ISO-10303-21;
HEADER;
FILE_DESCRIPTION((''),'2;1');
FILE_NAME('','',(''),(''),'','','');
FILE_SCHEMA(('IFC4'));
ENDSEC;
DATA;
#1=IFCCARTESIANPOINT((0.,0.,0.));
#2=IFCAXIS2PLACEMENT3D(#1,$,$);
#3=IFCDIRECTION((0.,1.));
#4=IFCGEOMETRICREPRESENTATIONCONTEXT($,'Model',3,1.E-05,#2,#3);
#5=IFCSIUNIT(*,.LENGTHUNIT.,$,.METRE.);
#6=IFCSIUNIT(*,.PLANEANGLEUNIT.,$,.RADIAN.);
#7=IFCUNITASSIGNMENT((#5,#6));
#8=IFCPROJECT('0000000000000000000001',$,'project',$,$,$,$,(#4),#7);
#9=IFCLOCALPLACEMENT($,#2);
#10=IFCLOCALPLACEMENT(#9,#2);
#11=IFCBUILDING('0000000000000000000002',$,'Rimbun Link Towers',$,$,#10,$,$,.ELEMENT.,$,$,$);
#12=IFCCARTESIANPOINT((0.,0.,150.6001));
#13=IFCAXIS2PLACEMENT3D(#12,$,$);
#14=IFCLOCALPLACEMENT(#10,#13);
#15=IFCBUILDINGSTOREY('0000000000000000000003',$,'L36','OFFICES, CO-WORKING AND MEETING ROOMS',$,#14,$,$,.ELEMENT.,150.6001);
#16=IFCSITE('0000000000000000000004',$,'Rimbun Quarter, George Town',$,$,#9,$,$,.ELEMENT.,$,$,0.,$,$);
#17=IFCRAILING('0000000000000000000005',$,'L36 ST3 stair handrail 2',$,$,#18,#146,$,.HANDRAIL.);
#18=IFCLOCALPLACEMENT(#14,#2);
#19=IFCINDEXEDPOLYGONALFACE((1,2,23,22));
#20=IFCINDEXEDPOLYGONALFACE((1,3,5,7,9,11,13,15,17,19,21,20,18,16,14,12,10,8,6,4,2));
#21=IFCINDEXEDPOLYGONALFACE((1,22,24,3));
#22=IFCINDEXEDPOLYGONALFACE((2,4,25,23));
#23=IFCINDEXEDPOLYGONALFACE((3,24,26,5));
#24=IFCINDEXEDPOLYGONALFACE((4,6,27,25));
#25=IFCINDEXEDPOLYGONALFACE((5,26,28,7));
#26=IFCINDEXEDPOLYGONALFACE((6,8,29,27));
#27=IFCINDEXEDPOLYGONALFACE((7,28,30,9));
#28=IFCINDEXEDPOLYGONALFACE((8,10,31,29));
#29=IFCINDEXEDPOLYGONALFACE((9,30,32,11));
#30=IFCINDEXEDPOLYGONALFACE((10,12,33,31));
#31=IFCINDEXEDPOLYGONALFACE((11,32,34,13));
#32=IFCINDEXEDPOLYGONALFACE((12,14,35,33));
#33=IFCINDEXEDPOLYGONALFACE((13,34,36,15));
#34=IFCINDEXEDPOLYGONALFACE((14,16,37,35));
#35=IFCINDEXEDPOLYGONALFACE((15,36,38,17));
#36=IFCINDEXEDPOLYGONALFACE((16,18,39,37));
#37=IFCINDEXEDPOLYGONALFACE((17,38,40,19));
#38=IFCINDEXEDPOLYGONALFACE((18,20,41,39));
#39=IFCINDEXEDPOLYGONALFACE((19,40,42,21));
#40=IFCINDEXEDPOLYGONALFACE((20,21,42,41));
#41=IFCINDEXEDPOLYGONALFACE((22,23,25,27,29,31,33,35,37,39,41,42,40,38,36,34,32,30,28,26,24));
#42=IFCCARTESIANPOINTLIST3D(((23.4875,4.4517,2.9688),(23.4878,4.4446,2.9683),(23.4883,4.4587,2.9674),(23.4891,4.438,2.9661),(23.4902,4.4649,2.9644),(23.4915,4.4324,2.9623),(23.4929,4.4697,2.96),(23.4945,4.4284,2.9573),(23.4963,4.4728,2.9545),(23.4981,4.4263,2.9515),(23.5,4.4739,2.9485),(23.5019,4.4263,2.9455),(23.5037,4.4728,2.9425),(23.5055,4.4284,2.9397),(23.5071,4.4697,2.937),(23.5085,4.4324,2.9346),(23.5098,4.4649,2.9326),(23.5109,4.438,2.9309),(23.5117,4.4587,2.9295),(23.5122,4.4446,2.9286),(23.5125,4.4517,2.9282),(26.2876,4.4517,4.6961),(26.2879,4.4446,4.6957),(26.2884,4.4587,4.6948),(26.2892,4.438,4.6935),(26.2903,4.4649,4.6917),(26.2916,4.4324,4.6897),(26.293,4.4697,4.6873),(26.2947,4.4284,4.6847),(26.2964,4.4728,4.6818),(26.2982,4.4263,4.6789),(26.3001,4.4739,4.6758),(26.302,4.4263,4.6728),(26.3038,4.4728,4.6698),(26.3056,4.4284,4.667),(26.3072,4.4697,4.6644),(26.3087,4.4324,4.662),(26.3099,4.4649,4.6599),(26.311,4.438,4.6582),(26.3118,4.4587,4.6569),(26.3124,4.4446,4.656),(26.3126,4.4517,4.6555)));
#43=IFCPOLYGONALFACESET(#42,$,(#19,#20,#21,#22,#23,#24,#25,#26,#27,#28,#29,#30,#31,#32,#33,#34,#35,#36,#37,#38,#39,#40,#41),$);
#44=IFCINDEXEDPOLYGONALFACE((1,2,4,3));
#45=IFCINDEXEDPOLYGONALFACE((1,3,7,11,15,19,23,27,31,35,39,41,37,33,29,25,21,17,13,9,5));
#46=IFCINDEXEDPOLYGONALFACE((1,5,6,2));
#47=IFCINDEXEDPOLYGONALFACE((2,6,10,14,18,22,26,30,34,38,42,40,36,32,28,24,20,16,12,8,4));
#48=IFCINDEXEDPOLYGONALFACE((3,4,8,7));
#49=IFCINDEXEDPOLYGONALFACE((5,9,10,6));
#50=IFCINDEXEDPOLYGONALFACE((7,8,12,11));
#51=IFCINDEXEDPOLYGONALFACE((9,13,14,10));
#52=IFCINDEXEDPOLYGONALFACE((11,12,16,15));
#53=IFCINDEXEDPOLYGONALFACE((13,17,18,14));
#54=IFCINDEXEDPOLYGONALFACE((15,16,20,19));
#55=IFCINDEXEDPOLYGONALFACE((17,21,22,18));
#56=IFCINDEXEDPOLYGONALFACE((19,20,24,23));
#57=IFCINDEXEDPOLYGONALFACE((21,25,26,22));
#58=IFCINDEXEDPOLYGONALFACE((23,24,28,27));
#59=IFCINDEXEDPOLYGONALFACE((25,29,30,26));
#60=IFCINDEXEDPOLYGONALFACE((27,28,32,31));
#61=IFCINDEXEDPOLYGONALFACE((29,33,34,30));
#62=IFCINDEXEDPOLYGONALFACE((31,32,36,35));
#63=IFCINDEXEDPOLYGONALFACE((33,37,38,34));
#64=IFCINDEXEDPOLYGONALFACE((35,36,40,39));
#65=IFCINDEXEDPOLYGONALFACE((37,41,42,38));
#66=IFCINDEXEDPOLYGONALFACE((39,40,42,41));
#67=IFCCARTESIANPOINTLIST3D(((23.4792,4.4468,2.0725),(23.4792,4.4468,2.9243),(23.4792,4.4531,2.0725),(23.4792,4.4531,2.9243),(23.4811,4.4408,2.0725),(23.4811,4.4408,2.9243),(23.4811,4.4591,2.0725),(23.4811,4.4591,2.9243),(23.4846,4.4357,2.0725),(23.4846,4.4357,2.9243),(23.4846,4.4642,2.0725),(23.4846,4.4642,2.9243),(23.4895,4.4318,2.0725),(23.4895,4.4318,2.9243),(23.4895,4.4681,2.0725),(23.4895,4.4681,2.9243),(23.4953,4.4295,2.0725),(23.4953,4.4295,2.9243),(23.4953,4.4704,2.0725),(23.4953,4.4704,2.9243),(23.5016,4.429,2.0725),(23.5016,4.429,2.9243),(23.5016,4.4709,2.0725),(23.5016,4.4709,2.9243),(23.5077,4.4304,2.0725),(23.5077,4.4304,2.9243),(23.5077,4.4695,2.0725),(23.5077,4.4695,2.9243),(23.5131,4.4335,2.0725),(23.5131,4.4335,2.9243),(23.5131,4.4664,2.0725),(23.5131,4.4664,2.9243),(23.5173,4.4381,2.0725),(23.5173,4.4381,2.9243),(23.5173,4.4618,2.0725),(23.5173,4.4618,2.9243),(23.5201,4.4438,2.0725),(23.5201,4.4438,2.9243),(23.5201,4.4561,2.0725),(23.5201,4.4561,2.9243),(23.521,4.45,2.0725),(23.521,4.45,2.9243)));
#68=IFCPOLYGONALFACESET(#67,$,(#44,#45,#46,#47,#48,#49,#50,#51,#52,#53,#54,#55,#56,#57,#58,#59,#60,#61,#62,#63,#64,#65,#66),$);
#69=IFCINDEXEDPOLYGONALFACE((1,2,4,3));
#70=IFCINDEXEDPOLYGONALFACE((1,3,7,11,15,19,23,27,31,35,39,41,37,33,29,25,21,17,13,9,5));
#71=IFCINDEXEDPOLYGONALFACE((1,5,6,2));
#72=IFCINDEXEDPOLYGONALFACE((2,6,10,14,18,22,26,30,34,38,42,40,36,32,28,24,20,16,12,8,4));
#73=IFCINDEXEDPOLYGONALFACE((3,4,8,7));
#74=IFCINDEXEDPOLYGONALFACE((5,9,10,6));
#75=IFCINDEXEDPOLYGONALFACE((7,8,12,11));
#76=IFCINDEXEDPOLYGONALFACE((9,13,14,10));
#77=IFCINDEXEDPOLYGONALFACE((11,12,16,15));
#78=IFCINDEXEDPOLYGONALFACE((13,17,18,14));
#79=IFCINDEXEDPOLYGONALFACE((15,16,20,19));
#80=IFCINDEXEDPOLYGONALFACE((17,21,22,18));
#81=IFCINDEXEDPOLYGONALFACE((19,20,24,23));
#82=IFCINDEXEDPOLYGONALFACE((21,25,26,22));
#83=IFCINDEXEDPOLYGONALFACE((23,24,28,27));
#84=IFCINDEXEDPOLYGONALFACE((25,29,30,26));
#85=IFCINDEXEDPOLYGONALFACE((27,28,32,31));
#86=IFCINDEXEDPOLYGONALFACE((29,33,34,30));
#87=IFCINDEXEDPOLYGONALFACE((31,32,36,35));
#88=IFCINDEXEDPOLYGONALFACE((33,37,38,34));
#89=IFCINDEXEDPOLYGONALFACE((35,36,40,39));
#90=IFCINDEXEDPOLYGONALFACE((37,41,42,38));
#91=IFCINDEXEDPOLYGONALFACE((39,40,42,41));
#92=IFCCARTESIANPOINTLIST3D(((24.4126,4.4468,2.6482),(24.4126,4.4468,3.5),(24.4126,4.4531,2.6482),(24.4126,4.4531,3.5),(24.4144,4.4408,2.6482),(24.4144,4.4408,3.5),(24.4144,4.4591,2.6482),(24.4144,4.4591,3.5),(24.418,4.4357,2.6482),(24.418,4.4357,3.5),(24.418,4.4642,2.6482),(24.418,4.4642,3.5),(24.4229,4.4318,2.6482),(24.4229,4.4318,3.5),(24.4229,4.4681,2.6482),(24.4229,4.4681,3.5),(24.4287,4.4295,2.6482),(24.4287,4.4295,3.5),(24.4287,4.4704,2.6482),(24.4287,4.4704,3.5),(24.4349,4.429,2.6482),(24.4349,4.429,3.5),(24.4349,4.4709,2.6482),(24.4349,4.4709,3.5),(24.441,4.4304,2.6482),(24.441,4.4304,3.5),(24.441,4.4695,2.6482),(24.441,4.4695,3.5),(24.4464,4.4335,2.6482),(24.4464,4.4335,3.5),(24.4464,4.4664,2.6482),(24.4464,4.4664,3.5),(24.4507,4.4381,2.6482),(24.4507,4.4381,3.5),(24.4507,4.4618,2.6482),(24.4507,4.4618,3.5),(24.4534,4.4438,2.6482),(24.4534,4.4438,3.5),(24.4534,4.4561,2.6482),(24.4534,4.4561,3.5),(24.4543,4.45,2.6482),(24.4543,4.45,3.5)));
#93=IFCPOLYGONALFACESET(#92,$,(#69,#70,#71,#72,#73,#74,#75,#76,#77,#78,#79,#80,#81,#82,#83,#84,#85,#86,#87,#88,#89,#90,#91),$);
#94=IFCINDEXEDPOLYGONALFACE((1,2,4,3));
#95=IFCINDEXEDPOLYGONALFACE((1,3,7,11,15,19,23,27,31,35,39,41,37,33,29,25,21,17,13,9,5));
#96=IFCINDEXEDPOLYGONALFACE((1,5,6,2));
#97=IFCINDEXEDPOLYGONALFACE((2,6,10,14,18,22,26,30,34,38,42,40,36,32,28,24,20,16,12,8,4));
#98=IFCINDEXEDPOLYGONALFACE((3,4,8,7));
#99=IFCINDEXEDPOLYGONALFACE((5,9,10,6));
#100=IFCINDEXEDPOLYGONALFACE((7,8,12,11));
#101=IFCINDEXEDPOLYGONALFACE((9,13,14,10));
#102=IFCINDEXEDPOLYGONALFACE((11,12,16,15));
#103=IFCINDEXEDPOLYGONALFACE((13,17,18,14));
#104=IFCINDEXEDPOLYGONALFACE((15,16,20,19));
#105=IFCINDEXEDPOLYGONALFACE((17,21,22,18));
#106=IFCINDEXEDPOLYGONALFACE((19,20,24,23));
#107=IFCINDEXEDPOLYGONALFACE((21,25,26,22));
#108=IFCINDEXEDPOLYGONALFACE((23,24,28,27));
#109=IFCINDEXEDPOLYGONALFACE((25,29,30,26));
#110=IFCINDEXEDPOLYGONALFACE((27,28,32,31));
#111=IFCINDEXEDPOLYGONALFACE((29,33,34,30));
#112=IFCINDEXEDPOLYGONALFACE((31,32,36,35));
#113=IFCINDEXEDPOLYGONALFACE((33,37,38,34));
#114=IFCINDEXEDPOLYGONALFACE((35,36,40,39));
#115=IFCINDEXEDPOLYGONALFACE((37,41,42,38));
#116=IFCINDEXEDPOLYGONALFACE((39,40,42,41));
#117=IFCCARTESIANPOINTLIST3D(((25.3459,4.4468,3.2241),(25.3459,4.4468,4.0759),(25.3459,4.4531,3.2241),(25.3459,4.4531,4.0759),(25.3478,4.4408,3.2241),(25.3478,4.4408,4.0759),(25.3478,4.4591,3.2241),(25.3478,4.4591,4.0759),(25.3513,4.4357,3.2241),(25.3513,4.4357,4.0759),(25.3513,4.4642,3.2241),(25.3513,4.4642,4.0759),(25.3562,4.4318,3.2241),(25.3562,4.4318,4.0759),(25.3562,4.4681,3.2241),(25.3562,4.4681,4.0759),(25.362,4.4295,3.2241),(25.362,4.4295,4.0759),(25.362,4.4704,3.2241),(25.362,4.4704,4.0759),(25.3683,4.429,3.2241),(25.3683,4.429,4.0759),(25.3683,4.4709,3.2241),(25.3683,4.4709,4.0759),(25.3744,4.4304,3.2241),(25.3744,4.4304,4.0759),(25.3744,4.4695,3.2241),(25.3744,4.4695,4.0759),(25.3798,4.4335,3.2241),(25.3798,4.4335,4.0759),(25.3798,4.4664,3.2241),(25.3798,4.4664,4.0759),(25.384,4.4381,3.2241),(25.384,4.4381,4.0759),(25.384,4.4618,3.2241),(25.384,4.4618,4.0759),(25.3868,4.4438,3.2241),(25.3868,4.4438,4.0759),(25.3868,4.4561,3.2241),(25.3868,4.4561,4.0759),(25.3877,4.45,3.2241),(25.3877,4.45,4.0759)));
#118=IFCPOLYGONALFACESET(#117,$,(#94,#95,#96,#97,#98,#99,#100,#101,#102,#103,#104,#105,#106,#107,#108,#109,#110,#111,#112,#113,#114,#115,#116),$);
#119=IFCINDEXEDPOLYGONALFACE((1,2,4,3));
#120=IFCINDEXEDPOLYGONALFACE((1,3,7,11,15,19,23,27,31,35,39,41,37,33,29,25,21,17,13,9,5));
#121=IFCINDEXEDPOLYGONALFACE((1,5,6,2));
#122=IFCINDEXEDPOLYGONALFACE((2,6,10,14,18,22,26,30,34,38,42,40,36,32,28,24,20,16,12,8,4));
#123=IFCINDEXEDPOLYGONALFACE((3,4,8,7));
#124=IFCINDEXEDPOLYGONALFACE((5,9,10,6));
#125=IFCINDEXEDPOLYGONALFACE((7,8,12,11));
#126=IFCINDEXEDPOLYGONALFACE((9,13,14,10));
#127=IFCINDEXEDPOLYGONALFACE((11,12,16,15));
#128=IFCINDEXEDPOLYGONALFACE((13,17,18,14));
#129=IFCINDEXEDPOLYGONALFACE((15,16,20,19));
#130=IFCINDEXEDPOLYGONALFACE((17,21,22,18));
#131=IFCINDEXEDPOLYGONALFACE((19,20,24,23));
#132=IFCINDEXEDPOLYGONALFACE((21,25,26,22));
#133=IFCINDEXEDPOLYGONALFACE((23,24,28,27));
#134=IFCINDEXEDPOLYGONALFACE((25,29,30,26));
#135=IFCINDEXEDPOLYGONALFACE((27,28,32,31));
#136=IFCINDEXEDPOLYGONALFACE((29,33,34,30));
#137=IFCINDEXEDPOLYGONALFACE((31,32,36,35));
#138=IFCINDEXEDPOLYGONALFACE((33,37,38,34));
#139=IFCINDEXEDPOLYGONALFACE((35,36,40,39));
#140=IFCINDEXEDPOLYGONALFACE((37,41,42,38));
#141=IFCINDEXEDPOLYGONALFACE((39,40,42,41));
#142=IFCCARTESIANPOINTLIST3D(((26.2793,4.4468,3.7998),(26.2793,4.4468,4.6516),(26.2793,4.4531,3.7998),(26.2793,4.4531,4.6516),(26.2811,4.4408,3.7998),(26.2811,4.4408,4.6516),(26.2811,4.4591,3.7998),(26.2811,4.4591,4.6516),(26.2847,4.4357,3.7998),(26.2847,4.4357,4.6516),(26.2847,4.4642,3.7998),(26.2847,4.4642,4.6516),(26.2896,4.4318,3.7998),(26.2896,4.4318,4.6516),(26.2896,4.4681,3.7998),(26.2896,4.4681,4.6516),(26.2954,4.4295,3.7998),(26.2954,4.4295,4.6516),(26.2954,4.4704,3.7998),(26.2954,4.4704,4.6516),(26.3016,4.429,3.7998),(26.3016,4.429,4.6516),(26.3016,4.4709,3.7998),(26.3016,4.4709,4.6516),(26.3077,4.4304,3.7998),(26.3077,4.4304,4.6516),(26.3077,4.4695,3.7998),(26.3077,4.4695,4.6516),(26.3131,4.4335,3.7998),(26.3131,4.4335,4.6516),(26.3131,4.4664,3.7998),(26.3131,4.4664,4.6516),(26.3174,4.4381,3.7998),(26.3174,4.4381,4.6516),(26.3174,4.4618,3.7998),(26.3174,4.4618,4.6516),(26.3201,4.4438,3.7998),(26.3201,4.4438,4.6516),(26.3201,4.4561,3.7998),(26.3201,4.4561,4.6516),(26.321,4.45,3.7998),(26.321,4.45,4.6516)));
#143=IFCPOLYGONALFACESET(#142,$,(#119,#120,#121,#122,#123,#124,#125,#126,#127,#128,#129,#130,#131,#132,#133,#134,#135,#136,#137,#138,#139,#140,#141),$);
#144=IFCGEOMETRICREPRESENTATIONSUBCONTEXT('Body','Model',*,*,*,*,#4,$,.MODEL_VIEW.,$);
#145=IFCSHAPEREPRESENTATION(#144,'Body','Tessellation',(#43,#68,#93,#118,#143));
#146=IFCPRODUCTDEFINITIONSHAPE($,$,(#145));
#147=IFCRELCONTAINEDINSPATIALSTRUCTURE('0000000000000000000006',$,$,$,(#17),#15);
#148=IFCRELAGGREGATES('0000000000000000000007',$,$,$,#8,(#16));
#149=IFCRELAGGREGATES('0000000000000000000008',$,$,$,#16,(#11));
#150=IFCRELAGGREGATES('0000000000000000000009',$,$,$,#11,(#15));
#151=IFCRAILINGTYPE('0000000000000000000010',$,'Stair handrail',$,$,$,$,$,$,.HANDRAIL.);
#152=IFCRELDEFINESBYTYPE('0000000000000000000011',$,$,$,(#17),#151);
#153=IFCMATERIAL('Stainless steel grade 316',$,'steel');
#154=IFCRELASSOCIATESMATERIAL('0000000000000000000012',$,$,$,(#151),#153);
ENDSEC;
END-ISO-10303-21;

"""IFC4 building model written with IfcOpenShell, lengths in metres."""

from ifc_helpers import new_model, si_unit, direction, frame, origin, origin_2d, place, context, subcontext, project, spatial, circle, extrude, material, type_object, element, save


model = new_model("IFC4")

# Units and contexts
model_context = context("Model", 3, precision=1e-05, world=origin(), true_north=direction((0.0, 1.0)))
body_context = subcontext(model_context, "Body", "Model", "MODEL_VIEW")
ifc_project = project(units=[si_unit("LENGTHUNIT", "METRE"), si_unit("PLANEANGLEUNIT", "RADIAN")], contexts=[model_context])

# Site, building, storey
site_placement = place(None, origin())
site = spatial("IfcSite", under=ifc_project, at=site_placement, Name="Rimbun Quarter, George Town", CompositionType="ELEMENT", RefElevation=0.0)
building_placement = place(site_placement, origin())
building = spatial("IfcBuilding", under=site, at=building_placement, Name="Rimbun Link Towers", CompositionType="ELEMENT")
storey_placement = place(building_placement, frame((0.0, 0.0, 150.6001)))
storey = spatial("IfcBuildingStorey", under=building, at=storey_placement, Name="L36", Description="OFFICES, CO-WORKING AND MEETING ROOMS", CompositionType="ELEMENT", Elevation=150.6001)

# Railing
ifc_material_1 = material(Name="Stainless steel grade 316", Category="steel")
railing_type_1 = type_object("IfcRailingType", Name="Stair handrail", PredefinedType="HANDRAIL", material=ifc_material_1)
railing_1_placement = place(storey_placement, frame((23.5, 4.45, 2.0725)))
element("IfcRailing", 1, at=railing_1_placement, inside=storey, type_object=railing_type_1, Name="L36 ST3 stair handrail 2", PredefinedType="HANDRAIL", context=body_context, shape_type="SweptSolid", body=[
    extrude(circle(Radius=0.0239, at=origin_2d()), frame((0.0, 0.0, 0.876), z_axis=(0.85109, 0.0, 0.52502), x_axis=(0.0, 1.0, 0.0)), (0.0, 0.0, 1.0), 3.29),
    extrude(circle(Radius=0.021, at=origin_2d()), origin(), (0.0, 0.0, 1.0), 0.8518),
    extrude(circle(Radius=0.021, at=origin_2d()), frame((0.9333, 0.0, 0.5757)), (0.0, 0.0, 1.0), 0.8518),
    extrude(circle(Radius=0.021, at=origin_2d()), frame((1.8667, 0.0, 1.1516)), (0.0, 0.0, 1.0), 0.8518),
    extrude(circle(Radius=0.021, at=origin_2d()), frame((2.8, 0.0, 1.7273)), (0.0, 0.0, 1.0), 0.8518),
])

save(model, "model.ifc")
